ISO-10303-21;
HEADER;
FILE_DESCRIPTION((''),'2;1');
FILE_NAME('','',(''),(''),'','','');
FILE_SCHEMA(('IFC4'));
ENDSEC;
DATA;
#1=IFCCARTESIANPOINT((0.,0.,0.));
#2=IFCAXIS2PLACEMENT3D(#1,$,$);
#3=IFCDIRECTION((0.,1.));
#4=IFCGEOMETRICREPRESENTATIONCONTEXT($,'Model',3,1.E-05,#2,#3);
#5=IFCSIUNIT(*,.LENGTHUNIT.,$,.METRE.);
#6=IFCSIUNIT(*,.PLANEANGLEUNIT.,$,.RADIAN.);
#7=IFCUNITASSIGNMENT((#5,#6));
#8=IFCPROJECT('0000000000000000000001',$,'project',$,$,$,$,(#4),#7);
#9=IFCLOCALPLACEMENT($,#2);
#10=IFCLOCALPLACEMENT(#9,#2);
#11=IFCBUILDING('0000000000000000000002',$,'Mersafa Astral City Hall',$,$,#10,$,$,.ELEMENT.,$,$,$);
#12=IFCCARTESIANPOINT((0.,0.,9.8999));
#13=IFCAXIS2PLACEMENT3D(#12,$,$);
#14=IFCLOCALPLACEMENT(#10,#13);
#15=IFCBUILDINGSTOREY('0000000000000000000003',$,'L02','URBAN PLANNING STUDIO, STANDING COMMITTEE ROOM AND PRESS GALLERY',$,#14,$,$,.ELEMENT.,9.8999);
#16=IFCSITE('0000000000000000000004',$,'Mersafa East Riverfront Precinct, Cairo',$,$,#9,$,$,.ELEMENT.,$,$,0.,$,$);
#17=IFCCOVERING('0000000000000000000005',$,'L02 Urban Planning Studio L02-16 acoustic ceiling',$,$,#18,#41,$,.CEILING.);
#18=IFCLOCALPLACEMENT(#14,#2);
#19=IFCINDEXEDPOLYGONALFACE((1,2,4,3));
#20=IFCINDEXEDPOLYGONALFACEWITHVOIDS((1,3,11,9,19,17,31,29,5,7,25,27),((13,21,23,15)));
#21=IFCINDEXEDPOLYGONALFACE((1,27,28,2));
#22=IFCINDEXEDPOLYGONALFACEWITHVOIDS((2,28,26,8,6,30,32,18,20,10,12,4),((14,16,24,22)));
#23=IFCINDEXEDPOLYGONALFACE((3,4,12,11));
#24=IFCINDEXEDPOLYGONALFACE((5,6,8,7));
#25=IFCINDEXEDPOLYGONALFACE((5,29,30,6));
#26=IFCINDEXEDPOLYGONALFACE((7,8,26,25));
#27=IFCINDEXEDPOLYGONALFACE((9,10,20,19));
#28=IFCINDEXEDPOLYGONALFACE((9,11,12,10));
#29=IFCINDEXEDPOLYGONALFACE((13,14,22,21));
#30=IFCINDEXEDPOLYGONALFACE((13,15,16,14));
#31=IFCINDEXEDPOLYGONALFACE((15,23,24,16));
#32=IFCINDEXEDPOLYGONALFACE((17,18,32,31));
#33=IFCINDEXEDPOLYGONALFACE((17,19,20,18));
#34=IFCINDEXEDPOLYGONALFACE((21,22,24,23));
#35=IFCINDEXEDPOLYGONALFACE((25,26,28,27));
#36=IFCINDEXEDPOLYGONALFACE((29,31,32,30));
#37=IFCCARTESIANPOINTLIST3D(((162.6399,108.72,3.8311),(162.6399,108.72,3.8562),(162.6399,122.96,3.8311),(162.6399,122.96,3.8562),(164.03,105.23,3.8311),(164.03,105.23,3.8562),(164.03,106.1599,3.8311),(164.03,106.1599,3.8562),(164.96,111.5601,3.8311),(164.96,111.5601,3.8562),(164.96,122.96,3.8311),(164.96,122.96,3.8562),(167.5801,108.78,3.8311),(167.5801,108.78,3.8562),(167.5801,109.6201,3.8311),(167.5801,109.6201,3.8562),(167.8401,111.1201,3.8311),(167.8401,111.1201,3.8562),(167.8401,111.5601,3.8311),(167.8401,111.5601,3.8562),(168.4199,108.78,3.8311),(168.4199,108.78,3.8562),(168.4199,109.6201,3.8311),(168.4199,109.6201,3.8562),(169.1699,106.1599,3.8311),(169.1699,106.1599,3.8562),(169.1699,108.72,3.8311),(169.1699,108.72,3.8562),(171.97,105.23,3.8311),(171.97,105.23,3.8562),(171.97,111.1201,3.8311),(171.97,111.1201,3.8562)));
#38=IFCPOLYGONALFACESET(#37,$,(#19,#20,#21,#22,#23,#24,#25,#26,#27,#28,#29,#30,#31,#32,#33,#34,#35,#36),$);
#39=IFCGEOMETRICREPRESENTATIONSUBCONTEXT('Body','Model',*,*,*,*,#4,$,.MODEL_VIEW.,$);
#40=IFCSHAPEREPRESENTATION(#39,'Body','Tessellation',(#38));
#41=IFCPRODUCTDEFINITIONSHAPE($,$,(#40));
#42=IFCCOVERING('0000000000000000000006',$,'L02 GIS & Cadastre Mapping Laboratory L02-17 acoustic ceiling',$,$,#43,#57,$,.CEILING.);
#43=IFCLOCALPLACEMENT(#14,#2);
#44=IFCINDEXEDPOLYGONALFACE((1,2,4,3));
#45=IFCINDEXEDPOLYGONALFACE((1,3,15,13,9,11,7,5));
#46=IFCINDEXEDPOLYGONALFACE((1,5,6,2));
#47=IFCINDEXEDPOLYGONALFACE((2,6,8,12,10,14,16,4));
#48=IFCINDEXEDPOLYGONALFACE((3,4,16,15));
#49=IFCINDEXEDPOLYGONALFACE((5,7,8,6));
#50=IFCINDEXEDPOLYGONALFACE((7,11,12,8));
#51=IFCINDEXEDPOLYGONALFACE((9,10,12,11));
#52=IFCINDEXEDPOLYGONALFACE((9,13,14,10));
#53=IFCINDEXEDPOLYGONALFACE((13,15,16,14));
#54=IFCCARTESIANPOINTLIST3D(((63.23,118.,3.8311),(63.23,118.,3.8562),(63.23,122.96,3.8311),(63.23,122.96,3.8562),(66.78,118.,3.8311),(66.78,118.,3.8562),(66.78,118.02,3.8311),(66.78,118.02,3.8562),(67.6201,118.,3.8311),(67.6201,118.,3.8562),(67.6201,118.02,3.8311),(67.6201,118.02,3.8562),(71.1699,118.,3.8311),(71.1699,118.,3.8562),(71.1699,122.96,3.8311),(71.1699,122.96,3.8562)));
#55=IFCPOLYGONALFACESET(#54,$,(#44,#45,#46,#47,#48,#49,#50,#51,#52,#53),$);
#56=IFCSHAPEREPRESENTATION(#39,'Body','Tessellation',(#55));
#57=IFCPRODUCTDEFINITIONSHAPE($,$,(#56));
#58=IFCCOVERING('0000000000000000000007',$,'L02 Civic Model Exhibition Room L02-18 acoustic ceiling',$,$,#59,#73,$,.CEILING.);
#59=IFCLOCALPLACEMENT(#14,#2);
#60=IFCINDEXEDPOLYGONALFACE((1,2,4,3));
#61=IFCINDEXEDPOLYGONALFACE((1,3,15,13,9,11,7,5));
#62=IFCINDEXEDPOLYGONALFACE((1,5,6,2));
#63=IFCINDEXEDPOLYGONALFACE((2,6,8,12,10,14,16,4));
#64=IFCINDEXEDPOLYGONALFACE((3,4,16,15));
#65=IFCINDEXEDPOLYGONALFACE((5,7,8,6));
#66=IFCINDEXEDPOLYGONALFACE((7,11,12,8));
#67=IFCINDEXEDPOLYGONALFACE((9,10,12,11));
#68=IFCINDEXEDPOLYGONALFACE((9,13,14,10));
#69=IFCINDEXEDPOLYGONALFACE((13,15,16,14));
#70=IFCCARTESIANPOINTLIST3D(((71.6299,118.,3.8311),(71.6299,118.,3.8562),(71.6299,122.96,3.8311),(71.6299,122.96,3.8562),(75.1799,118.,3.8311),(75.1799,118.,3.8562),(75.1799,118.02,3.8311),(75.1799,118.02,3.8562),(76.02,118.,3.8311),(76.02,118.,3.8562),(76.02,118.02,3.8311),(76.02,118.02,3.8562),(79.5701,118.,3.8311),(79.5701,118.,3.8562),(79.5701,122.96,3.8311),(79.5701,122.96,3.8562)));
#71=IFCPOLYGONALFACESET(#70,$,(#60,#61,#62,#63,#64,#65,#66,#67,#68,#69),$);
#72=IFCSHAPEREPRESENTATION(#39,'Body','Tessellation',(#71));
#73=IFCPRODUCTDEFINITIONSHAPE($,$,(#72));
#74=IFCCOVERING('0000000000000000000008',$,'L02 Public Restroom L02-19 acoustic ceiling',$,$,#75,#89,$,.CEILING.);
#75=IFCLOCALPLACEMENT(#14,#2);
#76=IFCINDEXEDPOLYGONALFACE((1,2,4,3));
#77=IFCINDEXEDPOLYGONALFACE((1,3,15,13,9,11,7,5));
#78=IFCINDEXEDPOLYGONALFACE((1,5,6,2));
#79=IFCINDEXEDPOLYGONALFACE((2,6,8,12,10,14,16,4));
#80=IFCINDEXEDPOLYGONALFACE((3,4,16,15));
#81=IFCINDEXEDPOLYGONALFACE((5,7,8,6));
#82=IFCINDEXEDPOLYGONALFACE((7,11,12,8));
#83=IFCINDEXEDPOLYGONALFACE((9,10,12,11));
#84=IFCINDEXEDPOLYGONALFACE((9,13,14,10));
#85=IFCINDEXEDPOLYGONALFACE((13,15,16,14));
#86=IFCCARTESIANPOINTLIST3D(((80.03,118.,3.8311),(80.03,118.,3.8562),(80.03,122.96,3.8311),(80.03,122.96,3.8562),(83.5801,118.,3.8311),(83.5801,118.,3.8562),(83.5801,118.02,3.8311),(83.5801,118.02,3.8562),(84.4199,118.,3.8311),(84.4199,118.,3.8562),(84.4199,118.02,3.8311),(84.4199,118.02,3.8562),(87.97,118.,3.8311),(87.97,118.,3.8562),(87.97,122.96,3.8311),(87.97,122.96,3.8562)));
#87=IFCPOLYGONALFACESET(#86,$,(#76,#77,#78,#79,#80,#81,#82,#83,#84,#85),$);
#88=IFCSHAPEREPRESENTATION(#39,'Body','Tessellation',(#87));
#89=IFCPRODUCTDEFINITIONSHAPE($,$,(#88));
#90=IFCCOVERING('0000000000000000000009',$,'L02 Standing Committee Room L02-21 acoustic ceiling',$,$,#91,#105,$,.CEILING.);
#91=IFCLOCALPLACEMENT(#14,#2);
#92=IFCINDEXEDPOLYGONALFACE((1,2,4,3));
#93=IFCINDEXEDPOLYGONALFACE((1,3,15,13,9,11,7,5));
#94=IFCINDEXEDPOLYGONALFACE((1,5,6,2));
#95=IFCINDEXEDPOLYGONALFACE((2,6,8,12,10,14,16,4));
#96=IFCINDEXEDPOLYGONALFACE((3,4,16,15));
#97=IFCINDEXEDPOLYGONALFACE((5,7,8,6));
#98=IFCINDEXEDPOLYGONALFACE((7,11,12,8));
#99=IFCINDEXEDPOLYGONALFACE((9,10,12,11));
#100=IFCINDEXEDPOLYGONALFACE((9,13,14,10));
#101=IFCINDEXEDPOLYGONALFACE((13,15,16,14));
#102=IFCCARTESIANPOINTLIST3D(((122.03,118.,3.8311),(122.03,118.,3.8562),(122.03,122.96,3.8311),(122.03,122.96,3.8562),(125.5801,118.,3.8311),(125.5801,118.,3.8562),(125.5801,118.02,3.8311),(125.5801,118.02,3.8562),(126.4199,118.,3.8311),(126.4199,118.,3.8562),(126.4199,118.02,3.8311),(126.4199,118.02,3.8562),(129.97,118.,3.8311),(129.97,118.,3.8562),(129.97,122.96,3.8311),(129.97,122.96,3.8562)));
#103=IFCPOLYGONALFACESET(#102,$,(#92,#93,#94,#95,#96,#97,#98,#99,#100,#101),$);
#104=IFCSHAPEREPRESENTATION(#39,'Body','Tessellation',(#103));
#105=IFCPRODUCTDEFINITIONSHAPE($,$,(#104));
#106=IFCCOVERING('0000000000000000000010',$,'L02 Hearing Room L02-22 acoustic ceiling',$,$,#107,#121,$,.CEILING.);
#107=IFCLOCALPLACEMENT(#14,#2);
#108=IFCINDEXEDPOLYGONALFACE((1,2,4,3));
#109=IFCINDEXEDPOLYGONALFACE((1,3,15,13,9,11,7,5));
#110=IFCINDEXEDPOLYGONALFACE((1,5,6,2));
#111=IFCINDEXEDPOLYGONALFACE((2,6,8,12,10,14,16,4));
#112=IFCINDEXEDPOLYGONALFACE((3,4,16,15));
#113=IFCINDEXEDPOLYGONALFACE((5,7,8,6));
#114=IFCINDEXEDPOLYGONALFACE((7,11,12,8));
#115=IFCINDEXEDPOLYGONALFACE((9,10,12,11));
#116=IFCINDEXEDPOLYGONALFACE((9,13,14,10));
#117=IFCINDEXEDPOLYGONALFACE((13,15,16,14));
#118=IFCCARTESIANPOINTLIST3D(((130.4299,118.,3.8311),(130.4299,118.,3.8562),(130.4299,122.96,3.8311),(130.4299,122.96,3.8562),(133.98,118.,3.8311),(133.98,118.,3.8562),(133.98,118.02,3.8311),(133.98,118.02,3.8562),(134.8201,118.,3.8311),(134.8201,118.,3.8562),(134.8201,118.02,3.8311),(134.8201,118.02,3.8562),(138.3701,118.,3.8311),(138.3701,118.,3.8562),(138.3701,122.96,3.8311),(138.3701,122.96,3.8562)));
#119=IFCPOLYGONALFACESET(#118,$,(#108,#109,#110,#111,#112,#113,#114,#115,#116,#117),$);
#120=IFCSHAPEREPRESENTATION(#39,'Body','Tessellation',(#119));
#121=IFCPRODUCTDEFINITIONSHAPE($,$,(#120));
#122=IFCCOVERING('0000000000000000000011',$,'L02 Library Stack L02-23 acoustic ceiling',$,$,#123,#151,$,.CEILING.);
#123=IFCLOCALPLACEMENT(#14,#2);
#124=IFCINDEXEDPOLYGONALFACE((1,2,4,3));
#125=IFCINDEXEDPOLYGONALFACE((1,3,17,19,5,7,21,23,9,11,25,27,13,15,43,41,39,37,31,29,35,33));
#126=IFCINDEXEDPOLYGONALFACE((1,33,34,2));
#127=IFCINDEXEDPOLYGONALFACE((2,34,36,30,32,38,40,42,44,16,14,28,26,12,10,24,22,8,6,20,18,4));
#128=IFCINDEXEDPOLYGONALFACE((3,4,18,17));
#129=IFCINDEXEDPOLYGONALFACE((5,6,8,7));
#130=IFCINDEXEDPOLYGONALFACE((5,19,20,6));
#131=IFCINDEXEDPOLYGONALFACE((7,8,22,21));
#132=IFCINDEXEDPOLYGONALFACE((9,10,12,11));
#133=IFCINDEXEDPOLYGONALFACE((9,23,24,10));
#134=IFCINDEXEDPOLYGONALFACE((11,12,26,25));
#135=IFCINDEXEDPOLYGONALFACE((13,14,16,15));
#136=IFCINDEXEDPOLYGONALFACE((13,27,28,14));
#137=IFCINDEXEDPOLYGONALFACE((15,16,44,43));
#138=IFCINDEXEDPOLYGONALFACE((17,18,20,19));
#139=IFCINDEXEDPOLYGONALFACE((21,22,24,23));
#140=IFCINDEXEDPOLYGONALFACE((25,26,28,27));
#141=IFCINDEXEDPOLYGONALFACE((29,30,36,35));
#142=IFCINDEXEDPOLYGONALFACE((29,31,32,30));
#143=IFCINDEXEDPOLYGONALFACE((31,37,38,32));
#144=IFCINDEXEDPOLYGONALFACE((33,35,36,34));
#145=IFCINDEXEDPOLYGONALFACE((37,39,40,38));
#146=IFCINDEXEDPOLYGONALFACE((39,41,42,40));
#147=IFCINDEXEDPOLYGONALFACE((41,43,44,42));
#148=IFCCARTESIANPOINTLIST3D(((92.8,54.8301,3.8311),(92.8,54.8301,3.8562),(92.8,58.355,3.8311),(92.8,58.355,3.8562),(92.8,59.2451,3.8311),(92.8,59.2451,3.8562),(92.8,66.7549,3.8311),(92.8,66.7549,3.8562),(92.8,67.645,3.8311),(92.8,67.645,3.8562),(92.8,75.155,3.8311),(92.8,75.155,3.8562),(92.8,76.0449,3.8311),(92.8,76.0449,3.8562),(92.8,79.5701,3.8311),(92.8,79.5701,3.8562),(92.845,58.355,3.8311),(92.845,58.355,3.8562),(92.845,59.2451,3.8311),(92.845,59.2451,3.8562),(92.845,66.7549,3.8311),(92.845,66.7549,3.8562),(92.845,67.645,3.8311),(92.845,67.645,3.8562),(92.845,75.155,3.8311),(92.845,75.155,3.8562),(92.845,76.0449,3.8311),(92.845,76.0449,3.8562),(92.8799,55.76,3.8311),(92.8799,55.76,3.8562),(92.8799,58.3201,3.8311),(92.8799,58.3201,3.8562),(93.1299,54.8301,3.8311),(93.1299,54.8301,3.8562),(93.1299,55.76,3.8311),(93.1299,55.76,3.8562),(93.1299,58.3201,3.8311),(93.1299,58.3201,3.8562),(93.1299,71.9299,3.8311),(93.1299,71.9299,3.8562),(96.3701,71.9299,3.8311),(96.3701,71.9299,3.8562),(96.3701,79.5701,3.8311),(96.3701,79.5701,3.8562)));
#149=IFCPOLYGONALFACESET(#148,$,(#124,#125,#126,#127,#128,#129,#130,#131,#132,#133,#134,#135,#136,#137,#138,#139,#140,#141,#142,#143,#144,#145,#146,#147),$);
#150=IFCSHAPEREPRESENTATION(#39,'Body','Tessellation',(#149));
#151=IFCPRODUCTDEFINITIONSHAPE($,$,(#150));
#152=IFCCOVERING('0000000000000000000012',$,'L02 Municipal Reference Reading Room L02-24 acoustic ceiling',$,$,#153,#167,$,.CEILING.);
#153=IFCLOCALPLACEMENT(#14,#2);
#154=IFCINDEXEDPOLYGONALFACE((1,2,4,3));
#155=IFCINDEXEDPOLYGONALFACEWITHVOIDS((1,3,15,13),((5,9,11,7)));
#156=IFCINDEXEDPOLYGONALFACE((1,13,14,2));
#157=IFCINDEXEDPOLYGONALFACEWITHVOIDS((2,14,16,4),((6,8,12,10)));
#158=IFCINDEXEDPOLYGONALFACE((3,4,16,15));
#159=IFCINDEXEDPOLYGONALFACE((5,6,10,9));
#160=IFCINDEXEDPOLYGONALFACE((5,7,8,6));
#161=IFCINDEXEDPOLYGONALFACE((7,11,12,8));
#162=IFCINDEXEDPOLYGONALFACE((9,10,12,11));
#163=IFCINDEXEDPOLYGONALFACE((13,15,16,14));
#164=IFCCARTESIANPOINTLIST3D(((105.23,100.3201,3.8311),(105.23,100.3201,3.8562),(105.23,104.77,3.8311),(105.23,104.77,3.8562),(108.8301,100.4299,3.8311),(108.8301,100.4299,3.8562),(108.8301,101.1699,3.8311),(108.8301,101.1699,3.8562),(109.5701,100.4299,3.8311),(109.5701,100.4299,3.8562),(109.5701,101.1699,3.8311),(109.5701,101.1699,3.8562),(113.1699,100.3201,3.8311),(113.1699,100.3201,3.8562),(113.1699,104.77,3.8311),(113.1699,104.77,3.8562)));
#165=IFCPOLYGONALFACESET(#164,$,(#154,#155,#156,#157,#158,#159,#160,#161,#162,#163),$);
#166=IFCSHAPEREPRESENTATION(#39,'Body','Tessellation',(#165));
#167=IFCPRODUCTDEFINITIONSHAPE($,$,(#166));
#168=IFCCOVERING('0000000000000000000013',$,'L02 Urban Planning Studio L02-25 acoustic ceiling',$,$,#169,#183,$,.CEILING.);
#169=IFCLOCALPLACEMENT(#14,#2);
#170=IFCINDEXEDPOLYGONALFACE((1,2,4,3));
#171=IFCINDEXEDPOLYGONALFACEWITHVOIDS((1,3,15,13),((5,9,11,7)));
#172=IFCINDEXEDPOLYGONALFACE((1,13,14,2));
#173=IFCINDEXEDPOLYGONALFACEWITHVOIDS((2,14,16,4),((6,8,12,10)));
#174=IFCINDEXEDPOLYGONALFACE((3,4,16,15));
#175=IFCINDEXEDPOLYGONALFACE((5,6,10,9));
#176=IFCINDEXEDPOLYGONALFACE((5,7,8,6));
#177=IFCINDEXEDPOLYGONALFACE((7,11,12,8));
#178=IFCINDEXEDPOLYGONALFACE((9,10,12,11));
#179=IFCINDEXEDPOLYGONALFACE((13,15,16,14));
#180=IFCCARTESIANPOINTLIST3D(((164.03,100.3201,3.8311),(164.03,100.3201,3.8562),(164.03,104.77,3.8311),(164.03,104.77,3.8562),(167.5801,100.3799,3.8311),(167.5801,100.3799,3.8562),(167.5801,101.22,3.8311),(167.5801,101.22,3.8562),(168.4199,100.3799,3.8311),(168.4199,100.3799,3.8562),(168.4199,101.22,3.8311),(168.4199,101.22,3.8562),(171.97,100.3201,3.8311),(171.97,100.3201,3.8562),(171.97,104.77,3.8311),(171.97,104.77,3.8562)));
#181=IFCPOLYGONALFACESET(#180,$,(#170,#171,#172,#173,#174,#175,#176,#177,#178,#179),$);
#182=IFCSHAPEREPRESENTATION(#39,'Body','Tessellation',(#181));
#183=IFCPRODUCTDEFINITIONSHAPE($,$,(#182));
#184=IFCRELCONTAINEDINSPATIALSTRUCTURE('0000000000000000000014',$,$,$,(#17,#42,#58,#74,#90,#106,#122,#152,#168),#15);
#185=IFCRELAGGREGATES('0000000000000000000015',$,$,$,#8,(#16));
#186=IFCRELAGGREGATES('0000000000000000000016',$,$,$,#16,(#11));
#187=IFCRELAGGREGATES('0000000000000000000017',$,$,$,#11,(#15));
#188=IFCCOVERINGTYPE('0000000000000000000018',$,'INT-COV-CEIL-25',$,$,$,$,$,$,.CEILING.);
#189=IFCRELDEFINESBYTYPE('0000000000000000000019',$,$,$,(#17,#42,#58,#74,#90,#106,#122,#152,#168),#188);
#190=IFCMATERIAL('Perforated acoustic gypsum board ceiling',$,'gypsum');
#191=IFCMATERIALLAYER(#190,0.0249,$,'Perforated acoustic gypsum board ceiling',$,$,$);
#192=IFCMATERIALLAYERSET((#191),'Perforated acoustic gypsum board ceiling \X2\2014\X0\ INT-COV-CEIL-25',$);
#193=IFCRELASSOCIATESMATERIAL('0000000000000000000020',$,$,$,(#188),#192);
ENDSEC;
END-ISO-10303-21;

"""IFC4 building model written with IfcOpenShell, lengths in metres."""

from ifc_helpers import new_model, si_unit, direction, frame, origin, place, context, subcontext, project, spatial, polyline, outline, extrude, material, layer, layer_set, type_object, element, save


model = new_model("IFC4")

# Units and contexts
model_context = context("Model", 3, precision=1e-05, world=origin(), true_north=direction((0.0, 1.0)))
body_context = subcontext(model_context, "Body", "Model", "MODEL_VIEW")
ifc_project = project(units=[si_unit("LENGTHUNIT", "METRE"), si_unit("PLANEANGLEUNIT", "RADIAN")], contexts=[model_context])

# Site, building, storey
site_placement = place(None, origin())
site = spatial("IfcSite", under=ifc_project, at=site_placement, Name="Mersafa East Riverfront Precinct, Cairo", CompositionType="ELEMENT", RefElevation=0.0)
building_placement = place(site_placement, origin())
building = spatial("IfcBuilding", under=site, at=building_placement, Name="Mersafa Astral City Hall", CompositionType="ELEMENT")
storey_placement = place(building_placement, frame((0.0, 0.0, 9.8999)))
storey = spatial("IfcBuildingStorey", under=building, at=storey_placement, Name="L02", Description="URBAN PLANNING STUDIO, STANDING COMMITTEE ROOM AND PRESS GALLERY", CompositionType="ELEMENT", Elevation=9.8999)

# Coverings
ifc_material_1 = material(Name="Perforated acoustic gypsum board ceiling", Category="gypsum")
ifc_layer_1 = layer(ifc_material_1, 0.0249, Name="Perforated acoustic gypsum board ceiling")
ifc_layer_set_1 = layer_set([ifc_layer_1], Name="Perforated acoustic gypsum board ceiling — INT-COV-CEIL-25")
covering_type_1 = type_object("IfcCoveringType", Name="INT-COV-CEIL-25", PredefinedType="CEILING", material=ifc_layer_set_1)
covering_1_placement = place(storey_placement, frame((0.0, 0.0, 3.8311)))
element("IfcCovering", 1, at=covering_1_placement, inside=storey, type_object=covering_type_1, Name="L02 Urban Planning Studio L02-16 acoustic ceiling", PredefinedType="CEILING", context=body_context, shape_type="SweptSolid", body=[
    extrude(outline(polyline([(162.6399, 122.96), (164.96, 122.96), (164.96, 111.5601), (167.8401, 111.5601), (167.8401, 111.1201), (171.97, 111.1201), (171.97, 105.23), (164.03, 105.23), (164.03, 106.1599), (169.1699, 106.1599), (169.1699, 108.72), (162.6399, 108.72), (162.6399, 122.96)]), holes=[polyline([(167.5801, 108.78), (168.4199, 108.78), (168.4199, 109.6201), (167.5801, 109.6201), (167.5801, 108.78)])]), origin(), (0.0, 0.0, 1.0), 0.0251),
])
covering_2_placement = place(storey_placement, frame((0.0, 0.0, 3.8311)))
element("IfcCovering", 2, at=covering_2_placement, inside=storey, type_object=covering_type_1, Name="L02 GIS & Cadastre Mapping Laboratory L02-17 acoustic ceiling", PredefinedType="CEILING", context=body_context, shape_type="SweptSolid", body=[
    extrude(outline(polyline([(71.1699, 122.96), (71.1699, 118.0), (67.6201, 118.0), (67.6201, 118.02), (66.78, 118.02), (66.78, 118.0), (63.23, 118.0), (63.23, 122.96), (71.1699, 122.96)])), origin(), (0.0, 0.0, 1.0), 0.0251),
])
covering_3_placement = place(storey_placement, frame((0.0, 0.0, 3.8311)))
element("IfcCovering", 3, at=covering_3_placement, inside=storey, type_object=covering_type_1, Name="L02 Civic Model Exhibition Room L02-18 acoustic ceiling", PredefinedType="CEILING", context=body_context, shape_type="SweptSolid", body=[
    extrude(outline(polyline([(79.5701, 122.96), (79.5701, 118.0), (76.02, 118.0), (76.02, 118.02), (75.1799, 118.02), (75.1799, 118.0), (71.6299, 118.0), (71.6299, 122.96), (79.5701, 122.96)])), origin(), (0.0, 0.0, 1.0), 0.0251),
])
covering_4_placement = place(storey_placement, frame((0.0, 0.0, 3.8311)))
element("IfcCovering", 4, at=covering_4_placement, inside=storey, type_object=covering_type_1, Name="L02 Public Restroom L02-19 acoustic ceiling", PredefinedType="CEILING", context=body_context, shape_type="SweptSolid", body=[
    extrude(outline(polyline([(87.97, 122.96), (87.97, 118.0), (84.4199, 118.0), (84.4199, 118.02), (83.5801, 118.02), (83.5801, 118.0), (80.03, 118.0), (80.03, 122.96), (87.97, 122.96)])), origin(), (0.0, 0.0, 1.0), 0.0251),
])
covering_5_placement = place(storey_placement, frame((0.0, 0.0, 3.8311)))
element("IfcCovering", 5, at=covering_5_placement, inside=storey, type_object=covering_type_1, Name="L02 Standing Committee Room L02-21 acoustic ceiling", PredefinedType="CEILING", context=body_context, shape_type="SweptSolid", body=[
    extrude(outline(polyline([(122.03, 118.0), (122.03, 122.96), (129.97, 122.96), (129.97, 118.0), (126.4199, 118.0), (126.4199, 118.02), (125.5801, 118.02), (125.5801, 118.0), (122.03, 118.0)])), origin(), (0.0, 0.0, 1.0), 0.0251),
])
covering_6_placement = place(storey_placement, frame((0.0, 0.0, 3.8311)))
element("IfcCovering", 6, at=covering_6_placement, inside=storey, type_object=covering_type_1, Name="L02 Hearing Room L02-22 acoustic ceiling", PredefinedType="CEILING", context=body_context, shape_type="SweptSolid", body=[
    extrude(outline(polyline([(130.4299, 118.0), (130.4299, 122.96), (138.3701, 122.96), (138.3701, 118.0), (134.8201, 118.0), (134.8201, 118.02), (133.98, 118.02), (133.98, 118.0), (130.4299, 118.0)])), origin(), (0.0, 0.0, 1.0), 0.0251),
])
covering_7_placement = place(storey_placement, frame((0.0, 0.0, 3.8311)))
element("IfcCovering", 7, at=covering_7_placement, inside=storey, type_object=covering_type_1, Name="L02 Library Stack L02-23 acoustic ceiling", PredefinedType="CEILING", context=body_context, shape_type="SweptSolid", body=[
    extrude(outline(polyline([(92.845, 58.355), (92.845, 59.2451), (92.8, 59.2451), (92.8, 66.7549), (92.845, 66.7549), (92.845, 67.645), (92.8, 67.645), (92.8, 75.155), (92.845, 75.155), (92.845, 76.0449), (92.8, 76.0449), (92.8, 79.5701), (96.3701, 79.5701), (96.3701, 71.9299), (93.1299, 71.9299), (93.1299, 58.3201), (92.8799, 58.3201), (92.8799, 55.76), (93.1299, 55.76), (93.1299, 54.8301), (92.8, 54.8301), (92.8, 58.355), (92.845, 58.355)])), origin(), (0.0, 0.0, 1.0), 0.0251),
])
covering_8_placement = place(storey_placement, frame((0.0, 0.0, 3.8311)))
element("IfcCovering", 8, at=covering_8_placement, inside=storey, type_object=covering_type_1, Name="L02 Municipal Reference Reading Room L02-24 acoustic ceiling", PredefinedType="CEILING", context=body_context, shape_type="SweptSolid", body=[
    extrude(outline(polyline([(113.1699, 104.77), (113.1699, 100.3201), (105.23, 100.3201), (105.23, 104.77), (113.1699, 104.77)]), holes=[polyline([(109.5701, 100.4299), (109.5701, 101.1699), (108.8301, 101.1699), (108.8301, 100.4299), (109.5701, 100.4299)])]), origin(), (0.0, 0.0, 1.0), 0.0251),
])
covering_9_placement = place(storey_placement, frame((0.0, 0.0, 3.8311)))
element("IfcCovering", 9, at=covering_9_placement, inside=storey, type_object=covering_type_1, Name="L02 Urban Planning Studio L02-25 acoustic ceiling", PredefinedType="CEILING", context=body_context, shape_type="SweptSolid", body=[
    extrude(outline(polyline([(171.97, 104.77), (171.97, 100.3201), (164.03, 100.3201), (164.03, 104.77), (171.97, 104.77)]), holes=[polyline([(167.5801, 100.3799), (168.4199, 100.3799), (168.4199, 101.22), (167.5801, 101.22), (167.5801, 100.3799)])]), origin(), (0.0, 0.0, 1.0), 0.0251),
])

save(model, "model.ifc")
